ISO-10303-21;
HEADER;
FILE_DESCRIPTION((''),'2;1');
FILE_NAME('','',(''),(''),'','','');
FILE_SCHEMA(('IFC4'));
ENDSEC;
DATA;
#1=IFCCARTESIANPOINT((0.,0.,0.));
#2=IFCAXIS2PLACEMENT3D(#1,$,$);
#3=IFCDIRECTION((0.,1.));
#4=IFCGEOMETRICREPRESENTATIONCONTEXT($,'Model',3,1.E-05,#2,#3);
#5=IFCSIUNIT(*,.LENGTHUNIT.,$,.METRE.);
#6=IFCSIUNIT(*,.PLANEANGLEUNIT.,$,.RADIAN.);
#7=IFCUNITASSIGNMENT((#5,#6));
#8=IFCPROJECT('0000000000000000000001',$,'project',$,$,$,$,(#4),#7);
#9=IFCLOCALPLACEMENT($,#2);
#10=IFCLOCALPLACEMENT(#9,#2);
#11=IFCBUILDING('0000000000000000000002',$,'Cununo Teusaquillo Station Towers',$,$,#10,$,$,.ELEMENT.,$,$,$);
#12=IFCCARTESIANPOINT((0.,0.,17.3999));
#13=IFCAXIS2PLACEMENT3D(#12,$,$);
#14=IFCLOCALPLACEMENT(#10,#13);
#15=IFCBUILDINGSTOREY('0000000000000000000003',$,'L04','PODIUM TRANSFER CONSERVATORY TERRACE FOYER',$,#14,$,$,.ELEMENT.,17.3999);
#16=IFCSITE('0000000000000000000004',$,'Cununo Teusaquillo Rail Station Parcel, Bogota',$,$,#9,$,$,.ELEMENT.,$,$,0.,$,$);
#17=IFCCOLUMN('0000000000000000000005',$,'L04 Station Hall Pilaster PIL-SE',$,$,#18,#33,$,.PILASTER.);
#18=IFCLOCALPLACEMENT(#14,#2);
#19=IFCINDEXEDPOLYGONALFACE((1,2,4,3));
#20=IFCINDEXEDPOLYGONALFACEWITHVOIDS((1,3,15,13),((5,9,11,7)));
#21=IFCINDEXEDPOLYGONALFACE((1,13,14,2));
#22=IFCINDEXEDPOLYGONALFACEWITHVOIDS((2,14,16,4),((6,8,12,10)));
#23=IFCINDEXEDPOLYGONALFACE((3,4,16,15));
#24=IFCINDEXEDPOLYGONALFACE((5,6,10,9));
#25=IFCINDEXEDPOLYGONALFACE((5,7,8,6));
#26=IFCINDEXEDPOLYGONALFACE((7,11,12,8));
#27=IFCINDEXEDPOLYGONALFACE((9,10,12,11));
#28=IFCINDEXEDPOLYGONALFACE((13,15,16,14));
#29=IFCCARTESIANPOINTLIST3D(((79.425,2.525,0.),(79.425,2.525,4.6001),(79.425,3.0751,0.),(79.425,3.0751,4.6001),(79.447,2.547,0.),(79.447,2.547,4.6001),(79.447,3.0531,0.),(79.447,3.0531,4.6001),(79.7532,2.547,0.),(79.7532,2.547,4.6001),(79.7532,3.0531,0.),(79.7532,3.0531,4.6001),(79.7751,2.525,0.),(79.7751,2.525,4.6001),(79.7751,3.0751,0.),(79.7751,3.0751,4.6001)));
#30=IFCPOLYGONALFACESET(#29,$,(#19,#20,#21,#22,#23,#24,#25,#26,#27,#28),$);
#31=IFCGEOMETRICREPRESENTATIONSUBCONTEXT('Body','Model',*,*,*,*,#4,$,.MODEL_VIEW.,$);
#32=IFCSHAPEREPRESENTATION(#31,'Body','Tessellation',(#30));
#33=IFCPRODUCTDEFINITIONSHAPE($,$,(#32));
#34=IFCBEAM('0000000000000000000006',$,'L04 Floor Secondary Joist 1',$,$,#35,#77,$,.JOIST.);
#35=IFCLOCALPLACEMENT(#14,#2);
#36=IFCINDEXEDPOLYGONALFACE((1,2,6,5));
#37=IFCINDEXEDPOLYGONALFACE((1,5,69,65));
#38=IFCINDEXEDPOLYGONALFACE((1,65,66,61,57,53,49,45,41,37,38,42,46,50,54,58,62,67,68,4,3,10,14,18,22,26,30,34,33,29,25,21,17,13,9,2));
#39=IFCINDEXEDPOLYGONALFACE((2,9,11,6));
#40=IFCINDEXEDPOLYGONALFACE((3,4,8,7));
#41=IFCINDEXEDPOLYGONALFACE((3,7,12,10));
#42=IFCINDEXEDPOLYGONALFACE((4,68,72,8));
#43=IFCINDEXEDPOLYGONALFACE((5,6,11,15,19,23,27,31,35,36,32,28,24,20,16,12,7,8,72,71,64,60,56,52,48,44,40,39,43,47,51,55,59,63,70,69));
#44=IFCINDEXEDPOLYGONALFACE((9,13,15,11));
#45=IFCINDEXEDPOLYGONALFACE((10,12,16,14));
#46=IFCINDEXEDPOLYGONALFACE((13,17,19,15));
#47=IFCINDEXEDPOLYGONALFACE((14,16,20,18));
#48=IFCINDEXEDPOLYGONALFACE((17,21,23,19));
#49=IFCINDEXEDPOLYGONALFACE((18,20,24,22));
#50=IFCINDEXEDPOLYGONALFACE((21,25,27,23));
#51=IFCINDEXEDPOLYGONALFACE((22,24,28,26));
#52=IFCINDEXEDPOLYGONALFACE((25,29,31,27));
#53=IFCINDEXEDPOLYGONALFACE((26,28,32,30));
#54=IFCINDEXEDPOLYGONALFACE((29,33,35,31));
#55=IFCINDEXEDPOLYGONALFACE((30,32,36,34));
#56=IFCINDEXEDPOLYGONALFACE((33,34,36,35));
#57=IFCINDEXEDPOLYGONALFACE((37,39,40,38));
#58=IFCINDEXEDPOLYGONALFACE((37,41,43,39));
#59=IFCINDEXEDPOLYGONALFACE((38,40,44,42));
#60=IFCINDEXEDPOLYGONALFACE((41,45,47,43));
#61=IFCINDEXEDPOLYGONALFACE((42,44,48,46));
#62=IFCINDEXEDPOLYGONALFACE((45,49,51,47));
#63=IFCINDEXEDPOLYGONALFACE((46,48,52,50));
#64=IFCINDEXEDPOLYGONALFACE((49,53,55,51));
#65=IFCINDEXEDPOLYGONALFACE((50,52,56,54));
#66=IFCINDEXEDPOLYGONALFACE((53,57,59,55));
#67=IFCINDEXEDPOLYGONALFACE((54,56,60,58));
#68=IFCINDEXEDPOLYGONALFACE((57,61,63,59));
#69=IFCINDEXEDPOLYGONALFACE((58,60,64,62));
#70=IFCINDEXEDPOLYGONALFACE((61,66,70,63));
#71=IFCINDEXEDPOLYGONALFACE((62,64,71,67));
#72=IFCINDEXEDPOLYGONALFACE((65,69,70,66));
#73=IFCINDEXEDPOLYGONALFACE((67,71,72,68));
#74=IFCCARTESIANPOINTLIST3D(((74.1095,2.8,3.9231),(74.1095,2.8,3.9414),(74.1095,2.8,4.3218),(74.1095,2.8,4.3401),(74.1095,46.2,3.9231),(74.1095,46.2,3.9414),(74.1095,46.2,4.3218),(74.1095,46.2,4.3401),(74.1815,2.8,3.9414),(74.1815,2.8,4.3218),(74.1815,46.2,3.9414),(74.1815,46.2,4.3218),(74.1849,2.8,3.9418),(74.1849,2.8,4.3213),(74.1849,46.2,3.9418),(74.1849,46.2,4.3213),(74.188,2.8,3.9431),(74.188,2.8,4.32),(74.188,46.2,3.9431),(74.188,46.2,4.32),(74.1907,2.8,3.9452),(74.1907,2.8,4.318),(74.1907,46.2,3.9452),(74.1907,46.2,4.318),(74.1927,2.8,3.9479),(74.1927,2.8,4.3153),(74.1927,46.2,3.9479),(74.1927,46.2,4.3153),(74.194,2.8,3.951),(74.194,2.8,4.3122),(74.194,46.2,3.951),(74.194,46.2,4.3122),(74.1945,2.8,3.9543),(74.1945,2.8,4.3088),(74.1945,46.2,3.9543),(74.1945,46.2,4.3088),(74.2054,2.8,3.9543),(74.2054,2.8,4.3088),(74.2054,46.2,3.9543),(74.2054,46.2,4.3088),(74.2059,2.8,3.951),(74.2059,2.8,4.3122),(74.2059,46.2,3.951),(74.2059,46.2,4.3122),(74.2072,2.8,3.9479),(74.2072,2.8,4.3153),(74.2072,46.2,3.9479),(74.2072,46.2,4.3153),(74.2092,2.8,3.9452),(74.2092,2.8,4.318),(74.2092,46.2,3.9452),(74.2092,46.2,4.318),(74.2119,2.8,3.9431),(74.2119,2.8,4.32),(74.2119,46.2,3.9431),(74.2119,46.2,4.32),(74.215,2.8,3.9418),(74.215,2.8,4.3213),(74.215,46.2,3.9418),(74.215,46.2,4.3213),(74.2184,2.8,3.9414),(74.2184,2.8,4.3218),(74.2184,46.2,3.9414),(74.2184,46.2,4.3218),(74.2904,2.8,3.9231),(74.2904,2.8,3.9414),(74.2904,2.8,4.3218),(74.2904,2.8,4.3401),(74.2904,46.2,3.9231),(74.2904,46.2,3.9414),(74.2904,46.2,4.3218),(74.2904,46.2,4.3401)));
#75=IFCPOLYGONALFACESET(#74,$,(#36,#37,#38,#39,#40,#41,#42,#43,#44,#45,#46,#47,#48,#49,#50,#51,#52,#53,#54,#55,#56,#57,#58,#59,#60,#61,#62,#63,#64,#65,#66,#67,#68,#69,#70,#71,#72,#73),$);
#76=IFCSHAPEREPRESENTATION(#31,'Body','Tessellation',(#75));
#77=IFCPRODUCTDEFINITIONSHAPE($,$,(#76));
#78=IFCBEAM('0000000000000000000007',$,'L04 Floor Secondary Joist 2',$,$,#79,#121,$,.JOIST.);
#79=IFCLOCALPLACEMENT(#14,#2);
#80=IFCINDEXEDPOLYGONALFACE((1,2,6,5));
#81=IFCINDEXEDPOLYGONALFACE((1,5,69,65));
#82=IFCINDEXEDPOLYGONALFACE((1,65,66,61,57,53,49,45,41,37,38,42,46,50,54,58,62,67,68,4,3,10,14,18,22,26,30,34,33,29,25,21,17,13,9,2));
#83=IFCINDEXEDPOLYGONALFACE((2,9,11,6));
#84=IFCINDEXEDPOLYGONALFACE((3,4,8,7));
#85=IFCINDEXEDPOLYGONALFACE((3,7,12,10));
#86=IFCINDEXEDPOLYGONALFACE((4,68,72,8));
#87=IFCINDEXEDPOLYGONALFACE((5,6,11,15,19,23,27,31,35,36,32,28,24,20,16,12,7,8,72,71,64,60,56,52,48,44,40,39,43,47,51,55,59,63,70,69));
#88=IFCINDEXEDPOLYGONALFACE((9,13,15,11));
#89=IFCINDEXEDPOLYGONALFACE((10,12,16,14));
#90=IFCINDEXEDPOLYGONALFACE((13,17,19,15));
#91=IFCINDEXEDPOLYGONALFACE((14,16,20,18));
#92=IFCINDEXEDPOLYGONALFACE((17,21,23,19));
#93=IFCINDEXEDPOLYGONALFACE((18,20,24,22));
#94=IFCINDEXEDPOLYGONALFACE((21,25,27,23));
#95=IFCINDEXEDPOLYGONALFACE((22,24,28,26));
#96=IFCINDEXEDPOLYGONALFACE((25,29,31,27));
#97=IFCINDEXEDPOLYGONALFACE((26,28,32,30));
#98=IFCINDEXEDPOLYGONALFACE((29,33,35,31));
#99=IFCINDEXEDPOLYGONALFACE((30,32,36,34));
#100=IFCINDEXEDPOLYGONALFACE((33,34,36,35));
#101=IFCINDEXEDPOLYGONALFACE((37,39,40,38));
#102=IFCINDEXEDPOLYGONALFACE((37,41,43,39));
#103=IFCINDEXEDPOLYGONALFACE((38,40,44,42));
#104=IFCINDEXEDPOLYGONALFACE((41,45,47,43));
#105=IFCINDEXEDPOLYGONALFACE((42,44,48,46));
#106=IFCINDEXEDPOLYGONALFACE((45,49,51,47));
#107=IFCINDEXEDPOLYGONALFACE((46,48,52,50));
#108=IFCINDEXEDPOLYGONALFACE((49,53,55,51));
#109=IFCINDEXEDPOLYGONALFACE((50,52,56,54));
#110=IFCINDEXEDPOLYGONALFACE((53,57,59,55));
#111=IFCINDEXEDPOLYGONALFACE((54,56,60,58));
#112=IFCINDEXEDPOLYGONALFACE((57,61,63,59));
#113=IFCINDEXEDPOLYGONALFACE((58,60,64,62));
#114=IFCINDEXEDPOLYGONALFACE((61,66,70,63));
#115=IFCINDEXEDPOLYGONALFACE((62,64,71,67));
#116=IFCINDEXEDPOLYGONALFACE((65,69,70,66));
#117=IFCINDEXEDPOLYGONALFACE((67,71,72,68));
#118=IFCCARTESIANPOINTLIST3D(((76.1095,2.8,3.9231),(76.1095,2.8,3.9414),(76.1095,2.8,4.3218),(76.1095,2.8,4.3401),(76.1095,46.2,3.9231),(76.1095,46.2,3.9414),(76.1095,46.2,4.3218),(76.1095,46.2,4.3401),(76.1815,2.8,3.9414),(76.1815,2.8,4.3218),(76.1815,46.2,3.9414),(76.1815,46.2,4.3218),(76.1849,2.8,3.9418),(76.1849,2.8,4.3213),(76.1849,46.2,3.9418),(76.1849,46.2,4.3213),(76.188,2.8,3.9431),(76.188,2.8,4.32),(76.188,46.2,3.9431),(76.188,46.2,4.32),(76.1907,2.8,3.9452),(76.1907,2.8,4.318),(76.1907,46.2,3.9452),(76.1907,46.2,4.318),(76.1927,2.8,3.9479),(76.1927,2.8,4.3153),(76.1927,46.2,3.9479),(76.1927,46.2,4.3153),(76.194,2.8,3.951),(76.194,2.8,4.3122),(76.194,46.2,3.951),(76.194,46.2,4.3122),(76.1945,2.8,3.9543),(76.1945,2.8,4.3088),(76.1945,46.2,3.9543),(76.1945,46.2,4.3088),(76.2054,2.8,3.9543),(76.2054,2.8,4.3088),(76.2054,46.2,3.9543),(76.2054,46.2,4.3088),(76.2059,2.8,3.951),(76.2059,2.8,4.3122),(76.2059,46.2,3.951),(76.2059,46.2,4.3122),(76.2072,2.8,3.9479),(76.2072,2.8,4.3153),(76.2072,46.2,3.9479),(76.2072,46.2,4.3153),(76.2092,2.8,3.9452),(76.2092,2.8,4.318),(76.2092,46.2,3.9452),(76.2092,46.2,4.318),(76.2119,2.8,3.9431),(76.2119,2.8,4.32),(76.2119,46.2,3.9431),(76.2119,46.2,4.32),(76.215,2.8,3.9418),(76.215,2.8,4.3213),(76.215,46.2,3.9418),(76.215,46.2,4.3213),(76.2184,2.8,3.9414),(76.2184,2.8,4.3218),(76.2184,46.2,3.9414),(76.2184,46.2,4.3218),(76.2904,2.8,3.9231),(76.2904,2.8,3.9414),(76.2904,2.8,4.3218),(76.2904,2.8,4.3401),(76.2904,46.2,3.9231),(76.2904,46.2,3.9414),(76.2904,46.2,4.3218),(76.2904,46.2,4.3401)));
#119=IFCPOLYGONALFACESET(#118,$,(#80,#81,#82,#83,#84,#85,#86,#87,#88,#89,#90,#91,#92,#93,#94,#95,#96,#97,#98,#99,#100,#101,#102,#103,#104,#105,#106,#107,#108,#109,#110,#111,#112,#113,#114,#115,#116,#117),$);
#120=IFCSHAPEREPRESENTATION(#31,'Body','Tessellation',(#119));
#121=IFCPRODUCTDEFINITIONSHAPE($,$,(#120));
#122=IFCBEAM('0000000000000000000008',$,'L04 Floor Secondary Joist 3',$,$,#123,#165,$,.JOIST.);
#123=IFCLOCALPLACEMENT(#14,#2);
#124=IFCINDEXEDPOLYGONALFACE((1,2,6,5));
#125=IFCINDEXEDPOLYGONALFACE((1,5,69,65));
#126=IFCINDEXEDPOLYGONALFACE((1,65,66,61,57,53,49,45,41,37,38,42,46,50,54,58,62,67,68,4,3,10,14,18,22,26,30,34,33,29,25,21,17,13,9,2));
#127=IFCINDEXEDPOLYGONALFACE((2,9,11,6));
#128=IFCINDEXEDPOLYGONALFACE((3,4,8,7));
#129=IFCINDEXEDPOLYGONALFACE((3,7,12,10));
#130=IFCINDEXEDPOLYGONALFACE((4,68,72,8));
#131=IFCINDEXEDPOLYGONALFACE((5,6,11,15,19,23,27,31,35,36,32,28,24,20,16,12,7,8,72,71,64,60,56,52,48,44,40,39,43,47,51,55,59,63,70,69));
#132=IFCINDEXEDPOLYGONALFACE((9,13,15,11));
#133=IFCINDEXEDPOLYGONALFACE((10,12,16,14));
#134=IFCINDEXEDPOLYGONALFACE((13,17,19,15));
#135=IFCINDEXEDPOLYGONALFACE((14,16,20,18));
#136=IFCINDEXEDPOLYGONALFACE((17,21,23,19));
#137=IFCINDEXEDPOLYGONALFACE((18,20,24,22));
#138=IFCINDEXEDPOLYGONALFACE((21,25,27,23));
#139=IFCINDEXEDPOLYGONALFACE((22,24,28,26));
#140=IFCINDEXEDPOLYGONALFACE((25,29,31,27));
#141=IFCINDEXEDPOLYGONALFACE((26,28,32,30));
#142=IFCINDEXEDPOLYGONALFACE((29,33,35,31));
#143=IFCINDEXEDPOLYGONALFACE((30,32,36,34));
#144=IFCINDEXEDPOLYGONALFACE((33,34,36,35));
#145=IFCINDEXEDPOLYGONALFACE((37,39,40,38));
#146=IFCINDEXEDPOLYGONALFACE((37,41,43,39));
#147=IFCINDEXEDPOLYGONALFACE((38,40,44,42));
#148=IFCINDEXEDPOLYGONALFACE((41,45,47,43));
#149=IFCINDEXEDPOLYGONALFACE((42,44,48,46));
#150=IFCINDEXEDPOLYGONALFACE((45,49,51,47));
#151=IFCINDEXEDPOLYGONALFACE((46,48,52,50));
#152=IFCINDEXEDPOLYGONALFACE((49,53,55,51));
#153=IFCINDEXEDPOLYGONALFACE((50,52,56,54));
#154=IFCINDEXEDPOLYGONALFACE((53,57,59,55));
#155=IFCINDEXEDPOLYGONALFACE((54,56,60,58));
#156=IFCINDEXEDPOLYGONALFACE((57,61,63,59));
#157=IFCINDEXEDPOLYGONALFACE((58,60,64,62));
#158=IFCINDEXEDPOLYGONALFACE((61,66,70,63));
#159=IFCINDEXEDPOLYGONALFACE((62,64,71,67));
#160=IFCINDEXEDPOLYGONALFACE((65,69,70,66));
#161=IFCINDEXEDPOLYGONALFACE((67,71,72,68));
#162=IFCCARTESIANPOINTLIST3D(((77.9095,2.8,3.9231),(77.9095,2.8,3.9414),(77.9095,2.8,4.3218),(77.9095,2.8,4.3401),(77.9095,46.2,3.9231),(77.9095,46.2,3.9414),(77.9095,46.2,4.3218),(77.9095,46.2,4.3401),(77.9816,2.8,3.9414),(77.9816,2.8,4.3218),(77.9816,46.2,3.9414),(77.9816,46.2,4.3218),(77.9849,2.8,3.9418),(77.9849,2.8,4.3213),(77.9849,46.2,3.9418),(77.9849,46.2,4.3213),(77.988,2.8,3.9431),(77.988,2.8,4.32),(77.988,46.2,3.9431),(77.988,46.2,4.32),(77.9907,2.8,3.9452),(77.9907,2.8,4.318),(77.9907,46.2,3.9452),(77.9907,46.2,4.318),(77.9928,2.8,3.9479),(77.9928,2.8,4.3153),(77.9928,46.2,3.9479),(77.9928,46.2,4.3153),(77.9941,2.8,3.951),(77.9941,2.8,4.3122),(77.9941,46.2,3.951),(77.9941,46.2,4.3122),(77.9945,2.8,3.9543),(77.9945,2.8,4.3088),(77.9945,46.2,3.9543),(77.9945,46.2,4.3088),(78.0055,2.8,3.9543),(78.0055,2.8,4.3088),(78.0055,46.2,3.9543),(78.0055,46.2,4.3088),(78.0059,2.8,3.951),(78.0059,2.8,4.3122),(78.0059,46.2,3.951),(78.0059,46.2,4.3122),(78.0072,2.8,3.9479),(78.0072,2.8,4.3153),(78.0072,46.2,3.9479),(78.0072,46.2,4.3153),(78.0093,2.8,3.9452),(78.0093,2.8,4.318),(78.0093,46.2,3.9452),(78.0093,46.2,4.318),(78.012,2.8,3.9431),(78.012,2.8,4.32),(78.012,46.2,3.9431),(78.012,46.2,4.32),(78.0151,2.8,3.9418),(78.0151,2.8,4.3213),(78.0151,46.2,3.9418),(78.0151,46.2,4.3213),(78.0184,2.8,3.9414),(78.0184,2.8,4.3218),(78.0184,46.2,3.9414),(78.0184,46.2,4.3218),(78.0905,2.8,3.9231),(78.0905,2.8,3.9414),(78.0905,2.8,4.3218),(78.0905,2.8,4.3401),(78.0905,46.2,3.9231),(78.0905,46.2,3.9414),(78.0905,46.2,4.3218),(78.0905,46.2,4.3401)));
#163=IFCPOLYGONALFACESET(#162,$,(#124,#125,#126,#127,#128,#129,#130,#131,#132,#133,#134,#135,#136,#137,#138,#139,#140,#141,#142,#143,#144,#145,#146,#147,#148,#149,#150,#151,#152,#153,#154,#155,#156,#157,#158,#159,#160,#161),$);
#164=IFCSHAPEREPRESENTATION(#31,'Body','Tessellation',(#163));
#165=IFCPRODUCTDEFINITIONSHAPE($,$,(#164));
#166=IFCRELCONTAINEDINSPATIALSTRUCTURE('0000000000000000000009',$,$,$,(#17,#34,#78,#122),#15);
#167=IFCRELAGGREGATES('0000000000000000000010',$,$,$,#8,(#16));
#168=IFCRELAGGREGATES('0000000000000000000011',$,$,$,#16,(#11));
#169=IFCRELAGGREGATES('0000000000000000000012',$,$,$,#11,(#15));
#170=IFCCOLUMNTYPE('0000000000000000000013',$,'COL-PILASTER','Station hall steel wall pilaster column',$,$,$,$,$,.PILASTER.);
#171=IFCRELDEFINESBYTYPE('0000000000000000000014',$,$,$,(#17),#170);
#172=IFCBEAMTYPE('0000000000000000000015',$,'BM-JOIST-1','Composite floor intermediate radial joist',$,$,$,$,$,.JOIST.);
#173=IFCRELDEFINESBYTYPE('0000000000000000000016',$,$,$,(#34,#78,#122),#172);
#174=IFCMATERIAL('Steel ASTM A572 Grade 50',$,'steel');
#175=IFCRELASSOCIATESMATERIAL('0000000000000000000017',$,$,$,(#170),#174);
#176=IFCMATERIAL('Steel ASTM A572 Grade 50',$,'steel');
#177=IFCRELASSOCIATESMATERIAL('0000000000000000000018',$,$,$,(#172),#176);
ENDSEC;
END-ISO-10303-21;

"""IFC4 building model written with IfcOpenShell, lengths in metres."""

from ifc_helpers import new_model, si_unit, direction, frame, origin, origin_2d, place, context, subcontext, project, spatial, hollow_rectangle, i_section, extrude, material, material_profile, profile_set, type_object, element, save


model = new_model("IFC4")

# Units and contexts
model_context = context("Model", 3, precision=1e-05, world=origin(), true_north=direction((0.0, 1.0)))
body_context = subcontext(model_context, "Body", "Model", "MODEL_VIEW")
ifc_project = project(units=[si_unit("LENGTHUNIT", "METRE"), si_unit("PLANEANGLEUNIT", "RADIAN")], contexts=[model_context])

# Site, building, storey
site_placement = place(None, origin())
site = spatial("IfcSite", under=ifc_project, at=site_placement, Name="Cununo Teusaquillo Rail Station Parcel, Bogota", CompositionType="ELEMENT", RefElevation=0.0)
building_placement = place(site_placement, origin())
building = spatial("IfcBuilding", under=site, at=building_placement, Name="Cununo Teusaquillo Station Towers", CompositionType="ELEMENT")
storey_placement = place(building_placement, frame((0.0, 0.0, 17.3999)))
storey = spatial("IfcBuildingStorey", under=building, at=storey_placement, Name="L04", Description="PODIUM TRANSFER CONSERVATORY TERRACE FOYER", CompositionType="ELEMENT", Elevation=17.3999)

# Column
ifc_material_1 = material(Name="Steel ASTM A572 Grade 50", Category="steel")
ifc_material_profile_1 = material_profile(ifc_material_1, hollow_rectangle(XDim=0.3501, YDim=0.55, WallThickness=0.022, at=origin_2d()), Name="RHS 550x350x22")
ifc_profile_set_1 = profile_set([ifc_material_profile_1], Name="Steel ASTM A572 Grade 50")
column_type = type_object("IfcColumnType", Name="COL-PILASTER", Description="Station hall steel wall pilaster column", PredefinedType="PILASTER", material=ifc_profile_set_1)
column_placement = place(storey_placement, frame((79.6001, 2.8, 0.0), z_axis=(0.0, 0.0, 1.0), x_axis=(1.0, 0.0, 0.0)))
element("IfcColumn", 1, at=column_placement, inside=storey, type_object=column_type, Name="L04 Station Hall Pilaster PIL-SE", PredefinedType="PILASTER", context=body_context, shape_type="SweptSolid", body=[
    extrude(hollow_rectangle(XDim=0.3501, YDim=0.55, WallThickness=0.022, at=origin_2d()), origin(), (0.0, 0.0, 1.0), 4.6001),
])

# Beams
ifc_material_2 = material(Name="Steel ASTM A572 Grade 50", Category="steel")
ifc_material_profile_2 = material_profile(ifc_material_2, i_section(OverallWidth=0.1809, OverallDepth=0.417, WebThickness=0.011, FlangeThickness=0.0183, FilletRadius=0.0129, at=origin_2d()), Name="W16X57")
ifc_profile_set_2 = profile_set([ifc_material_profile_2], Name="Steel ASTM A572 Grade 50")
beam_type_1 = type_object("IfcBeamType", Name="BM-JOIST-1", Description="Composite floor intermediate radial joist", PredefinedType="JOIST", material=ifc_profile_set_2)
for number, where, z_axis, x_axis, name in (
    (2, (74.2, 2.8, 4.1316), (0.0, 1.0, 0.0), (-1.0, 0.0, 0.0), "L04 Floor Secondary Joist 1"),
    (3, (76.2, 2.8, 4.1316), (0.0, 1.0, 0.0), (-1.0, 0.0, 0.0), "L04 Floor Secondary Joist 2"),
    (4, (78.0, 2.8, 4.1316), (0.0, 1.0, 0.0), (-1.0, 0.0, 0.0), "L04 Floor Secondary Joist 3"),
):
    element("IfcBeam", number, at=place(storey_placement, frame(where, z_axis=z_axis, x_axis=x_axis)), inside=storey, type_object=beam_type_1, Name=name, PredefinedType="JOIST", context=body_context, shape_type="SweptSolid", body=[
        extrude(i_section(OverallWidth=0.1809, OverallDepth=0.417, WebThickness=0.011, FlangeThickness=0.0183, FilletRadius=0.0129, at=origin_2d()), origin(), (0.0, 0.0, 1.0), 43.3999),
    ])

save(model, "model.ifc")
